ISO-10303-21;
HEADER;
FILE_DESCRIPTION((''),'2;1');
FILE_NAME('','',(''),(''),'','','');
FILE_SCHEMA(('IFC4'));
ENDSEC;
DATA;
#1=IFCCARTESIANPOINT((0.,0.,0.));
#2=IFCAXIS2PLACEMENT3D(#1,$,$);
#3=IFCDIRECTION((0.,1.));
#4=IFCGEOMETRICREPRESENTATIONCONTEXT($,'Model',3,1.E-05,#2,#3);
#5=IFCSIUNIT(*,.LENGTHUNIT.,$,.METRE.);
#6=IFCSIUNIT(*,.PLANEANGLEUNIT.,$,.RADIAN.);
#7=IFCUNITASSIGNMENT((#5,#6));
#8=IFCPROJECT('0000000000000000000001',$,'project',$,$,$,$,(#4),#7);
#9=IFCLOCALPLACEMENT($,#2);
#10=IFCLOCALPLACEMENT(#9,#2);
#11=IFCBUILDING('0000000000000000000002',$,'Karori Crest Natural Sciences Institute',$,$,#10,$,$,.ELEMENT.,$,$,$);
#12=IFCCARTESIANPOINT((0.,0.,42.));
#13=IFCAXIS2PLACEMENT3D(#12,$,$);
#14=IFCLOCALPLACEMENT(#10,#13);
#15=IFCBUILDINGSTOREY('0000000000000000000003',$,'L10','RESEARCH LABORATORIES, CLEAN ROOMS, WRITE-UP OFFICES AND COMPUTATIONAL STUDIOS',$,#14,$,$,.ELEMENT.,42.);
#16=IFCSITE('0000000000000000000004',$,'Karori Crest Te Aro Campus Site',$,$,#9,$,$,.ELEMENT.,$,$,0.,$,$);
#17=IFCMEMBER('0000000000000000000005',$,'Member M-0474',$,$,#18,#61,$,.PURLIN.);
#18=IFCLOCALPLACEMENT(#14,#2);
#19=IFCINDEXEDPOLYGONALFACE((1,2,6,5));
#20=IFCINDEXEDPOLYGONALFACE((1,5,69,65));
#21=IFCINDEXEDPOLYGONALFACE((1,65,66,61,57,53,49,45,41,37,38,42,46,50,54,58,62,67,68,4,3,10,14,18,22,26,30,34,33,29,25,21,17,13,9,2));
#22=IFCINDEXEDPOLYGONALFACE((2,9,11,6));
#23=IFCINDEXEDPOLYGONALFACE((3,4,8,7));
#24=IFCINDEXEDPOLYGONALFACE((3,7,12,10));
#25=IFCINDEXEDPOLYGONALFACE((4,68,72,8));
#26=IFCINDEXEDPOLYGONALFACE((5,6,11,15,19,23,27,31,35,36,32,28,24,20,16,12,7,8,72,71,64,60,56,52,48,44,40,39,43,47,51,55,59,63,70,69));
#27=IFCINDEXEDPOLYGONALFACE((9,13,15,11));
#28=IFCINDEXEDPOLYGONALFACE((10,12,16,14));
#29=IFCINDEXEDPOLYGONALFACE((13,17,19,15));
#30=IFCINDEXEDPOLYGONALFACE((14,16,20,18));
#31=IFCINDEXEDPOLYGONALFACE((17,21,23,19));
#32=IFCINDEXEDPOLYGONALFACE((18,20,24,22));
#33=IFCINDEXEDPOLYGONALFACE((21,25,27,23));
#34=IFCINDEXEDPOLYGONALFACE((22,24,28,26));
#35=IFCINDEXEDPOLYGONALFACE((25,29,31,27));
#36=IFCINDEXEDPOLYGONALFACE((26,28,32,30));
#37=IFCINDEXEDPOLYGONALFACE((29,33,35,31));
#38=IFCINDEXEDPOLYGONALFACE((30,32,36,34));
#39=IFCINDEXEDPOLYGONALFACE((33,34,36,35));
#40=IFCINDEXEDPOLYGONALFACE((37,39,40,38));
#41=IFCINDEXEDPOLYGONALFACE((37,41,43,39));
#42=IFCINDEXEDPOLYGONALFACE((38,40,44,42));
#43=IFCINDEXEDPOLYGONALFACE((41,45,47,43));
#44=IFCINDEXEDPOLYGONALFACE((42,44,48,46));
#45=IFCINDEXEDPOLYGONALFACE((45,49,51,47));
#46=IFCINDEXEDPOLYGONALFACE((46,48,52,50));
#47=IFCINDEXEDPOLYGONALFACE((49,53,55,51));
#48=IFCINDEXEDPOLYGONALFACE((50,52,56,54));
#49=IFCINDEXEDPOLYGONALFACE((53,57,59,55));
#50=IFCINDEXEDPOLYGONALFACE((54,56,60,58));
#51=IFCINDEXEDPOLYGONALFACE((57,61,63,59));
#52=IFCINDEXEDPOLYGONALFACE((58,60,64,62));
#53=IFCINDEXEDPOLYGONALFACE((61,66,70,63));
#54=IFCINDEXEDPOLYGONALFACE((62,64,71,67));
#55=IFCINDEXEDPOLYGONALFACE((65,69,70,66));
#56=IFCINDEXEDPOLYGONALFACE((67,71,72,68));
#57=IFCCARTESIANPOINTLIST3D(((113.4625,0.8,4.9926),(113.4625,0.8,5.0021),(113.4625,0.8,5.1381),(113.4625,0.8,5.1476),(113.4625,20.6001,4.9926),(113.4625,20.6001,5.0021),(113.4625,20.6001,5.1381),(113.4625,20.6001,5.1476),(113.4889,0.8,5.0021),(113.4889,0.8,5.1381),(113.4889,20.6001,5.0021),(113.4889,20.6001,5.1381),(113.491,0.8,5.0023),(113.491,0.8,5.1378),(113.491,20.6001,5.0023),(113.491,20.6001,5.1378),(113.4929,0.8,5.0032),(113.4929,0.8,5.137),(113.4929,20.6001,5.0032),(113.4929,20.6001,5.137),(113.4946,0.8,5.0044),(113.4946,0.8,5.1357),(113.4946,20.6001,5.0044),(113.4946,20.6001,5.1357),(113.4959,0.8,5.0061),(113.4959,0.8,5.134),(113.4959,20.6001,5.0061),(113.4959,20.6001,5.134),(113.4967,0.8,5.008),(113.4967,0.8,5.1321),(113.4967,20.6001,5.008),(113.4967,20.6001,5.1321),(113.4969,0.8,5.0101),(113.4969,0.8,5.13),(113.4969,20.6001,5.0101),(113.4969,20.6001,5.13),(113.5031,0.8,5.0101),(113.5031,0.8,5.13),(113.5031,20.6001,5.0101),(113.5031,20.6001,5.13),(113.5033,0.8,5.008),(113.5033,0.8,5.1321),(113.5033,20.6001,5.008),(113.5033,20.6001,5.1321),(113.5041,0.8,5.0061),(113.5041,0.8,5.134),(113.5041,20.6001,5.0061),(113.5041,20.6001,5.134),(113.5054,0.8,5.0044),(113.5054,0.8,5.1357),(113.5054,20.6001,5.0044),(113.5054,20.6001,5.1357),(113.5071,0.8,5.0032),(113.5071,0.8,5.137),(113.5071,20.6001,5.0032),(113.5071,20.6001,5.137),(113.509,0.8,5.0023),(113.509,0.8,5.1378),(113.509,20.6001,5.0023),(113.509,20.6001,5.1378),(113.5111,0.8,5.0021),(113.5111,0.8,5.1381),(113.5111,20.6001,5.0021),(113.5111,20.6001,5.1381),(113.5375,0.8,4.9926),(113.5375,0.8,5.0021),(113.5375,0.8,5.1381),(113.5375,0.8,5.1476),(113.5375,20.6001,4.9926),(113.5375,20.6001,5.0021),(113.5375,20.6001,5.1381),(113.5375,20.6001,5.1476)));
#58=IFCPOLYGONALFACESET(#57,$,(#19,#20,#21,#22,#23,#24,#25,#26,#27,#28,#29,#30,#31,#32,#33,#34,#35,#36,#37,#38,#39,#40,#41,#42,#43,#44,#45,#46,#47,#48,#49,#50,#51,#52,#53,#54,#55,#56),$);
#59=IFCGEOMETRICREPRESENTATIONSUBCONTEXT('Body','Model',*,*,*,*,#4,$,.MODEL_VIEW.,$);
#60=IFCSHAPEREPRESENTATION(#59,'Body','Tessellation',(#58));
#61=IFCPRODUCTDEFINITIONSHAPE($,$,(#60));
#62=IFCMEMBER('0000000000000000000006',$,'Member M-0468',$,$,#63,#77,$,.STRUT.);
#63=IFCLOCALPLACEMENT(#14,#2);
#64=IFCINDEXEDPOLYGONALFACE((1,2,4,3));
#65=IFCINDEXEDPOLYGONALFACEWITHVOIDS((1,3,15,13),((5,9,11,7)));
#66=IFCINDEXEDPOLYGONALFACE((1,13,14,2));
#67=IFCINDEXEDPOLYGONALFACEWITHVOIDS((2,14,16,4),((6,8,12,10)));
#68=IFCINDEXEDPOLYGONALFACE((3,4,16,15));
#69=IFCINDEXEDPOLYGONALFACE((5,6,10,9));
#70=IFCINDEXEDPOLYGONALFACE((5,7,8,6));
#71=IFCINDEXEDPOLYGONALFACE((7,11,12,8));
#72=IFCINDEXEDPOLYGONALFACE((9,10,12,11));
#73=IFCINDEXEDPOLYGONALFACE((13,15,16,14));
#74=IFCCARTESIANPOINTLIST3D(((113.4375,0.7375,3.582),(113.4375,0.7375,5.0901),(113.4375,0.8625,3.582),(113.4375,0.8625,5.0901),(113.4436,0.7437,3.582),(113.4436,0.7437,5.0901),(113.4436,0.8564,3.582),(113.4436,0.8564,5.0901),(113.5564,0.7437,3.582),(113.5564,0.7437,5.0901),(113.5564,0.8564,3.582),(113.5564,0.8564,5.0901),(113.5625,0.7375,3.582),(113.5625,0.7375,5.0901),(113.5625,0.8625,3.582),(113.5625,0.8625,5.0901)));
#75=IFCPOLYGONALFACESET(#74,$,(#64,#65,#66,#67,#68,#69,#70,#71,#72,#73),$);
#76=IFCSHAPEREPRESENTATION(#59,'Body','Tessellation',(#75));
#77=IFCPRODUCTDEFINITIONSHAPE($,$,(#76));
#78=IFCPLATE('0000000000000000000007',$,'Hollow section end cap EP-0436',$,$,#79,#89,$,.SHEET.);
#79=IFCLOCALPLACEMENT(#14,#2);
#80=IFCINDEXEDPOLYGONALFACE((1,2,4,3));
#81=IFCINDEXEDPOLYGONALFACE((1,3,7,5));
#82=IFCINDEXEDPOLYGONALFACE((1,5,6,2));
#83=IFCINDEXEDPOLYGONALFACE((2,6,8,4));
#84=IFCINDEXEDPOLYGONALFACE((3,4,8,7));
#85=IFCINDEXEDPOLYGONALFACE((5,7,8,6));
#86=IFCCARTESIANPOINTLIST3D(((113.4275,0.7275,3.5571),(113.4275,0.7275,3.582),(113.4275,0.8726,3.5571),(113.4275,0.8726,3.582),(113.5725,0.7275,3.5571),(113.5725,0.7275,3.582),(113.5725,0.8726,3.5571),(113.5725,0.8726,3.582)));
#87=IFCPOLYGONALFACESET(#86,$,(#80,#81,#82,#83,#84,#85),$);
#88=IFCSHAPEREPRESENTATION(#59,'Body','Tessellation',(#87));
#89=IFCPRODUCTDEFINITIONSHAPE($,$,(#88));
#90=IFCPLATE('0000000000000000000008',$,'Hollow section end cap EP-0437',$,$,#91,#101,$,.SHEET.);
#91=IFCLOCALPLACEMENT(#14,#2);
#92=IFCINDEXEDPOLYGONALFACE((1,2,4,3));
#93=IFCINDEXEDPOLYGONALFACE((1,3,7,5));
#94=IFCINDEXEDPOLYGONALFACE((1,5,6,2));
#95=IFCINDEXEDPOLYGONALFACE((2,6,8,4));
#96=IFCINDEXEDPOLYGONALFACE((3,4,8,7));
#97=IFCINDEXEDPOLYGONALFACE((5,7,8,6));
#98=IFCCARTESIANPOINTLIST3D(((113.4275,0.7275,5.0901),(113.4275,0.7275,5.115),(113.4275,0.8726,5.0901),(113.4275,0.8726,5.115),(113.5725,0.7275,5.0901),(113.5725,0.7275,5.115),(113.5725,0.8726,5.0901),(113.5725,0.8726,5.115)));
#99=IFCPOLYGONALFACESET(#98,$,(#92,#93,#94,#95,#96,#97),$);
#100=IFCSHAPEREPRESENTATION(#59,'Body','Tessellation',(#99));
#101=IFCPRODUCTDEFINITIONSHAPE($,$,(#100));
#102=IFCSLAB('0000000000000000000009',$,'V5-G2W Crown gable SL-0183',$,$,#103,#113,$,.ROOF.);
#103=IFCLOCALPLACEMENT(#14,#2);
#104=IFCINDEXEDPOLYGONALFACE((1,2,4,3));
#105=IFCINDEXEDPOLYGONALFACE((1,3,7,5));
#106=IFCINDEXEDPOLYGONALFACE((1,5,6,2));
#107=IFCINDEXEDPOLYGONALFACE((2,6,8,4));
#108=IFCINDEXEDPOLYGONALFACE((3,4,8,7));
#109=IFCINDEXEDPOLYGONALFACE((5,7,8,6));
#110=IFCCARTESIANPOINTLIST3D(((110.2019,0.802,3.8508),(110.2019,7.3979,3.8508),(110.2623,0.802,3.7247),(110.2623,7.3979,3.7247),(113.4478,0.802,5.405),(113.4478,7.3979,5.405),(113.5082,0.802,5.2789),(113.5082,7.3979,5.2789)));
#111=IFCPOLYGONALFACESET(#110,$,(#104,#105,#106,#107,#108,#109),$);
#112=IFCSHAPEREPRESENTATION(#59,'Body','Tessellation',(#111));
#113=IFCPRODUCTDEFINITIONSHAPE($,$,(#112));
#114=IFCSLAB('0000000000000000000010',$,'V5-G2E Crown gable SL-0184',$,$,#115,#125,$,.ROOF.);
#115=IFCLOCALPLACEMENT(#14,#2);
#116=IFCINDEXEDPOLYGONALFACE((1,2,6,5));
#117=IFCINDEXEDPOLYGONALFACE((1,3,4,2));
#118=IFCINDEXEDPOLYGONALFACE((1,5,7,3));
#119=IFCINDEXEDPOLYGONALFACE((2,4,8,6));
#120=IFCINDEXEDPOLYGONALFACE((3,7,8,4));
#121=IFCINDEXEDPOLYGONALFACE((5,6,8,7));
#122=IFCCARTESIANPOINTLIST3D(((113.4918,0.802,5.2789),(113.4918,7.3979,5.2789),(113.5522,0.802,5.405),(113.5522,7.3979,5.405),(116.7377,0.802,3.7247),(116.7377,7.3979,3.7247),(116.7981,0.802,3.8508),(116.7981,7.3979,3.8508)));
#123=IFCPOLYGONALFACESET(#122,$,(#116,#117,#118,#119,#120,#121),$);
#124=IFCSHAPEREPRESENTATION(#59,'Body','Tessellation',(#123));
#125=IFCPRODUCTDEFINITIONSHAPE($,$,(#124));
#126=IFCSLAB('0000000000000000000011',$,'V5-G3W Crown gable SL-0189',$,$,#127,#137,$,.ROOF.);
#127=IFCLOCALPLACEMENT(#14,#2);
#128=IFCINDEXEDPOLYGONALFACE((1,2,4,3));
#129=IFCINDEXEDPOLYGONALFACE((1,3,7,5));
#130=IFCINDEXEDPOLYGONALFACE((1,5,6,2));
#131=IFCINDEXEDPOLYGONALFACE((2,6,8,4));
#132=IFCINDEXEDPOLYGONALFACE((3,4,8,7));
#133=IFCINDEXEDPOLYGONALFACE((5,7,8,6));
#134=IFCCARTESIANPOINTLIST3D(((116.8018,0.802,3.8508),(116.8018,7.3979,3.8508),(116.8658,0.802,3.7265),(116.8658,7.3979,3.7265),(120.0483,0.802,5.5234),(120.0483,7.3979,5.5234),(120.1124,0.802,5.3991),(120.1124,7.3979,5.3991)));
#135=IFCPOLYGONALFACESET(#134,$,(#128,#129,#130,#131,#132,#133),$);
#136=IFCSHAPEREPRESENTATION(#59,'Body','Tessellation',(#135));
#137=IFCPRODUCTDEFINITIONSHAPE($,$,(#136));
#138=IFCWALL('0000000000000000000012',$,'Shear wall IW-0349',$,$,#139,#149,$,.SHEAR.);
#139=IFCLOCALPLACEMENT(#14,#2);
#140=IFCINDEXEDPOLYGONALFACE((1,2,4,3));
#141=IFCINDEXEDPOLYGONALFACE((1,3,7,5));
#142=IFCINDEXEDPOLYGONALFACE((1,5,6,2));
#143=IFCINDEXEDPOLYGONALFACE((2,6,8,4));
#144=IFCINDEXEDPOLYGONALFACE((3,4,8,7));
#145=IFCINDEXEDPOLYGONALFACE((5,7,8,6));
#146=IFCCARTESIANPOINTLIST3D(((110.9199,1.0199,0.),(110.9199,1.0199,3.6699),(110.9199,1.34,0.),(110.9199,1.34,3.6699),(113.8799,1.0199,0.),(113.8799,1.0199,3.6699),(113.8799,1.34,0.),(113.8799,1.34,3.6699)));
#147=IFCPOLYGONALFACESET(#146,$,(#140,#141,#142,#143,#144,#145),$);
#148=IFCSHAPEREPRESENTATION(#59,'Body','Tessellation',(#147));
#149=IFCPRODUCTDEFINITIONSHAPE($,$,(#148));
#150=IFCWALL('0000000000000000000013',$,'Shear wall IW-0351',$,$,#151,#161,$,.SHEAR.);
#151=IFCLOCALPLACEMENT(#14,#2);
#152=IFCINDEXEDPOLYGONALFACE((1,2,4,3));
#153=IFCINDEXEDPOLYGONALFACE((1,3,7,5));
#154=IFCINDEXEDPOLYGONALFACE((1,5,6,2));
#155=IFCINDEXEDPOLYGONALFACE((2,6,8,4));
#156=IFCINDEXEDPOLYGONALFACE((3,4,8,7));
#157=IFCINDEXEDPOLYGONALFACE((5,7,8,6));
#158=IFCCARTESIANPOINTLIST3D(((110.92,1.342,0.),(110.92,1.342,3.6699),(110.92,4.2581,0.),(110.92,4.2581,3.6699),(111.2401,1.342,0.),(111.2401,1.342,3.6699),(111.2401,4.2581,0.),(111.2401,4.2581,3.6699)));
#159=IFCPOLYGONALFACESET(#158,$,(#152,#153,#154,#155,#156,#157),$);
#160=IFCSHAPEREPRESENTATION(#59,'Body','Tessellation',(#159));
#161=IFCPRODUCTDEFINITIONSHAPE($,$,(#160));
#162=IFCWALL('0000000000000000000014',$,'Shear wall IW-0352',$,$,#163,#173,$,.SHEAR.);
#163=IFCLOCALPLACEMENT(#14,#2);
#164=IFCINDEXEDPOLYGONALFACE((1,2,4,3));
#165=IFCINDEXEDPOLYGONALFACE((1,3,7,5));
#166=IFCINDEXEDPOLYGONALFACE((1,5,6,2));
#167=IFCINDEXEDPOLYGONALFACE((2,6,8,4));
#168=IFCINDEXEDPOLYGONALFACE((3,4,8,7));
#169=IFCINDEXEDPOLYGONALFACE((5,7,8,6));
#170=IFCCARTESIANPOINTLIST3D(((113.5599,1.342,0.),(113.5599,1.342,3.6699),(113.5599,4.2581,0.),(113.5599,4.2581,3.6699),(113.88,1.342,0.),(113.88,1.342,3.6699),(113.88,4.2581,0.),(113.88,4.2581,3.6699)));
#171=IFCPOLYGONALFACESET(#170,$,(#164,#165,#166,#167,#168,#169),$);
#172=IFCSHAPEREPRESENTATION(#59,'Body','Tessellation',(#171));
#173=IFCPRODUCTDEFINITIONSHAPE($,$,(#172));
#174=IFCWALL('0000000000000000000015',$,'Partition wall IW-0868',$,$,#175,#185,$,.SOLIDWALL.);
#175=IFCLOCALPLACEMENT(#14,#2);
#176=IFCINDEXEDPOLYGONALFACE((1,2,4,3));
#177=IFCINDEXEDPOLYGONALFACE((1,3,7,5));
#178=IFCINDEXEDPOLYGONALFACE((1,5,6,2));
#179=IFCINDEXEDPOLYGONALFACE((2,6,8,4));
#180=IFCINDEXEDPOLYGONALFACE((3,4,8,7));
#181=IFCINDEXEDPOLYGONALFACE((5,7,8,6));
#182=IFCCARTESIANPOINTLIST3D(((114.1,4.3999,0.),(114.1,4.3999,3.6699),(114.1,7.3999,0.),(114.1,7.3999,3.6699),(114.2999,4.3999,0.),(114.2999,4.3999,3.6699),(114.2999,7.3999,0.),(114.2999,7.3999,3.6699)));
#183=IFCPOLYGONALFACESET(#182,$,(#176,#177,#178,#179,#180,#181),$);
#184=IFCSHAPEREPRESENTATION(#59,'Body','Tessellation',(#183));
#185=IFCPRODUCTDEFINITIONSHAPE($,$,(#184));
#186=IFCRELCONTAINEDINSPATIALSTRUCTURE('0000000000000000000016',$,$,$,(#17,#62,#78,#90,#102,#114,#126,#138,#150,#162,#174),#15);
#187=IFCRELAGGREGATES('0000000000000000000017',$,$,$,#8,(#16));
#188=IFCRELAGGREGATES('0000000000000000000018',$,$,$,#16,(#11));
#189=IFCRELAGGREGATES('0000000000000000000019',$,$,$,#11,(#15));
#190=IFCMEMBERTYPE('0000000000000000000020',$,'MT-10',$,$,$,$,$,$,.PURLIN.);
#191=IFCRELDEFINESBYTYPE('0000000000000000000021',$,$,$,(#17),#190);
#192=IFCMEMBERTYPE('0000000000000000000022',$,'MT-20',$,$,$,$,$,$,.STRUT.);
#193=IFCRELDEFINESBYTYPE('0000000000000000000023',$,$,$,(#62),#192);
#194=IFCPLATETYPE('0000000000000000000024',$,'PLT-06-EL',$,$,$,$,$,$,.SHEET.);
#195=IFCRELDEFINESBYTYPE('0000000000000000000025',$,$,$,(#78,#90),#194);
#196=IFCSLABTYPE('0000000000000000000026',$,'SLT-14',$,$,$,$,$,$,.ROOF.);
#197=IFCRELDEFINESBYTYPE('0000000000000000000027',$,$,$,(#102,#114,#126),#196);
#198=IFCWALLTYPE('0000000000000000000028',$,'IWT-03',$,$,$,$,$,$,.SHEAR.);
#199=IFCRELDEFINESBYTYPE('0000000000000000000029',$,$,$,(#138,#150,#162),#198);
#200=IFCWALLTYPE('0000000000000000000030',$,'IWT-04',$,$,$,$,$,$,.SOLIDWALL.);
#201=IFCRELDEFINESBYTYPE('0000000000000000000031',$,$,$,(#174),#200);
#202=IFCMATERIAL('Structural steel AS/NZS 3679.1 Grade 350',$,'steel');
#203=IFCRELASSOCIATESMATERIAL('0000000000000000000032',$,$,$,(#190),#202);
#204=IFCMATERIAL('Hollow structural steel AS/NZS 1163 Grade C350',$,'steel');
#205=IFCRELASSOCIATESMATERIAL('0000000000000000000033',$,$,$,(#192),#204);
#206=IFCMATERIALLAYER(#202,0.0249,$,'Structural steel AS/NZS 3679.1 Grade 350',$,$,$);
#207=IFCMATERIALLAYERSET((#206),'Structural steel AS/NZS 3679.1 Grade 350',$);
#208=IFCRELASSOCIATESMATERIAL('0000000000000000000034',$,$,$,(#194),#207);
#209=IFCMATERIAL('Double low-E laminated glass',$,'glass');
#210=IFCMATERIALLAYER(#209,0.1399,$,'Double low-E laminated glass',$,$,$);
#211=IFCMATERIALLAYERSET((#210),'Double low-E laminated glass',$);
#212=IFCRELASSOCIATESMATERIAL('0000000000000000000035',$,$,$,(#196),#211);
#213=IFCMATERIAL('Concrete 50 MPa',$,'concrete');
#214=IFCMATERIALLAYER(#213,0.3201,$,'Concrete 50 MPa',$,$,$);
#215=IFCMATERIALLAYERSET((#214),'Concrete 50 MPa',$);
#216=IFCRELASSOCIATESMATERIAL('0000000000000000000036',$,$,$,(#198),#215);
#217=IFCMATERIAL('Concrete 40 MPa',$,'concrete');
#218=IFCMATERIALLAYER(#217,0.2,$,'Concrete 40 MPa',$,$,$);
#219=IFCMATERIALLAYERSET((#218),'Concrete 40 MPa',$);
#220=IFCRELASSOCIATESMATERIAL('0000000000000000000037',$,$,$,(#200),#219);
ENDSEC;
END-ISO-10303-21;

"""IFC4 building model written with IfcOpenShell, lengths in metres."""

from ifc_helpers import new_model, si_unit, direction, frame, frame_2d, origin, origin_2d, place, context, subcontext, project, spatial, polyline, rectangle, hollow_rectangle, i_section, outline, extrude, material, layer, layer_set, material_profile, profile_set, type_object, element, save


model = new_model("IFC4")

# Units and contexts
model_context = context("Model", 3, precision=1e-05, world=origin(), true_north=direction((0.0, 1.0)))
body_context = subcontext(model_context, "Body", "Model", "MODEL_VIEW")
ifc_project = project(units=[si_unit("LENGTHUNIT", "METRE"), si_unit("PLANEANGLEUNIT", "RADIAN")], contexts=[model_context])

# Site, building, storey
site_placement = place(None, origin())
site = spatial("IfcSite", under=ifc_project, at=site_placement, Name="Karori Crest Te Aro Campus Site", CompositionType="ELEMENT", RefElevation=0.0)
building_placement = place(site_placement, origin())
building = spatial("IfcBuilding", under=site, at=building_placement, Name="Karori Crest Natural Sciences Institute", CompositionType="ELEMENT")
storey_placement = place(building_placement, frame((0.0, 0.0, 42.0)))
storey = spatial("IfcBuildingStorey", under=building, at=storey_placement, Name="L10", Description="RESEARCH LABORATORIES, CLEAN ROOMS, WRITE-UP OFFICES AND COMPUTATIONAL STUDIOS", CompositionType="ELEMENT", Elevation=42.0)

# Shared definitions
ifc_material_1 = material(Name="Concrete 50 MPa", Category="concrete")

# Shared definitions
ifc_material_2 = material(Name="Structural steel AS/NZS 3679.1 Grade 350", Category="steel")
ifc_material_3 = material(Name="Hollow structural steel AS/NZS 1163 Grade C350", Category="steel")

# Members
ifc_material_profile_1 = material_profile(ifc_material_2, i_section(OverallWidth=0.075, OverallDepth=0.155, WebThickness=0.0061, FlangeThickness=0.0095, FilletRadius=0.0081, at=origin_2d()), Name="150UB18.0")
ifc_profile_set_1 = profile_set([ifc_material_profile_1], Name="Structural steel AS/NZS 3679.1 Grade 350")
member_type_1 = type_object("IfcMemberType", Name="MT-10", PredefinedType="PURLIN", material=ifc_profile_set_1)
member_1_placement = place(storey_placement, frame((113.5, 0.8, 5.0701), z_axis=(0.0, 1.0, 0.0), x_axis=(-1.0, 0.0, 0.0)))
element("IfcMember", 1, at=member_1_placement, inside=storey, type_object=member_type_1, Name="Member M-0474", PredefinedType="PURLIN", context=body_context, shape_type="SweptSolid", body=[
    extrude(i_section(OverallWidth=0.075, OverallDepth=0.155, WebThickness=0.0061, FlangeThickness=0.0095, FilletRadius=0.0081, at=origin_2d()), origin(), (0.0, 0.0, 1.0), 19.8),
])
ifc_material_profile_2 = material_profile(ifc_material_3, hollow_rectangle(XDim=0.125, YDim=0.125, WallThickness=0.0061, at=origin_2d()), Name="SHS125x125x6")
ifc_profile_set_2 = profile_set([ifc_material_profile_2], Name="Hollow structural steel AS/NZS 1163 Grade C350")
member_type_2 = type_object("IfcMemberType", Name="MT-20", PredefinedType="STRUT", material=ifc_profile_set_2)
member_2_placement = place(storey_placement, frame((113.5, 0.8, 3.582), z_axis=(0.0, 0.0, 1.0), x_axis=(1.0, 0.0, 0.0)))
element("IfcMember", 2, at=member_2_placement, inside=storey, type_object=member_type_2, Name="Member M-0468", PredefinedType="STRUT", context=body_context, shape_type="SweptSolid", body=[
    extrude(hollow_rectangle(XDim=0.125, YDim=0.125, WallThickness=0.0061, at=origin_2d()), origin(), (0.0, 0.0, 1.0), 1.5081),
])

# Plates
ifc_layer_1 = layer(ifc_material_2, 0.0249, Name="Structural steel AS/NZS 3679.1 Grade 350")
ifc_layer_set_1 = layer_set([ifc_layer_1], Name="Structural steel AS/NZS 3679.1 Grade 350")
plate_type = type_object("IfcPlateType", Name="PLT-06-EL", PredefinedType="SHEET", material=ifc_layer_set_1)
for number, where, z_axis, x_axis, name in (
    (3, (113.5, 0.8, 3.5571), (0.0, 0.0, 1.0), (1.0, 0.0, 0.0), "Hollow section end cap EP-0436"),
    (4, (113.5, 0.8, 5.0901), (0.0, 0.0, 1.0), (1.0, 0.0, 0.0), "Hollow section end cap EP-0437"),
):
    element("IfcPlate", number, at=place(storey_placement, frame(where, z_axis=z_axis, x_axis=x_axis)), inside=storey, type_object=plate_type, Name=name, PredefinedType="SHEET", context=body_context, shape_type="SweptSolid", body=[
        extrude(rectangle(XDim=0.145, YDim=0.145, at=origin_2d()), origin(), (0.0, 0.0, 1.0), 0.0249),
    ])

# Slabs
ifc_material_4 = material(Name="Double low-E laminated glass", Category="glass")
ifc_layer_2 = layer(ifc_material_4, 0.1399, Name="Double low-E laminated glass")
ifc_layer_set_2 = layer_set([ifc_layer_2], Name="Double low-E laminated glass")
slab_type = type_object("IfcSlabType", Name="SLT-14", PredefinedType="ROOF", material=ifc_layer_set_2)
for number, where, z_axis, x_axis, name in (
    (5, (110.2019, 0.802, 3.8508), (-0.431871, 0.0, 0.901936), (0.901936, 0.0, 0.431871), "V5-G2W Crown gable SL-0183"),
    (6, (113.5522, 0.802, 5.405), (0.431871, 0.0, 0.901936), (0.901936, 0.0, -0.431871), "V5-G2E Crown gable SL-0184"),
):
    element("IfcSlab", number, at=place(storey_placement, frame(where, z_axis=z_axis, x_axis=x_axis)), inside=storey, type_object=slab_type, Name=name, PredefinedType="ROOF", context=body_context, shape_type="SweptSolid", body=[
        extrude(outline(polyline([(0.0, 0.0), (3.5988, 0.0), (3.5988, 6.5959), (0.0, 6.5959), (0.0, 0.0)])), origin(), (0.0, 0.0, -1.0), 0.1399),
    ])
slab_placement = place(storey_placement, frame((116.8018, 0.802, 3.8508), z_axis=(-0.457984, 0.0, 0.888961), x_axis=(0.888961, 0.0, 0.457984)))
element("IfcSlab", 7, at=slab_placement, inside=storey, type_object=slab_type, Name="V5-G3W Crown gable SL-0189", PredefinedType="ROOF", context=body_context, shape_type="SweptSolid", body=[
    extrude(outline(polyline([(0.0, 0.0), (3.6521, 0.0), (3.6521, 6.5959), (0.0, 6.5959), (0.0, 0.0)])), origin(), (0.0, 0.0, -1.0), 0.1399),
])

# Walls
ifc_layer_3 = layer(ifc_material_1, 0.3201, Name="Concrete 50 MPa")
ifc_layer_set_3 = layer_set([ifc_layer_3], Name="Concrete 50 MPa")
wall_type_1 = type_object("IfcWallType", Name="IWT-03", PredefinedType="SHEAR", material=ifc_layer_set_3)
wall_1_placement = place(storey_placement, frame((110.9199, 1.1799, 0.0), z_axis=(0.0, 0.0, 1.0), x_axis=(1.0, 0.0, 0.0)))
element("IfcWall", 8, at=wall_1_placement, inside=storey, type_object=wall_type_1, Name="Shear wall IW-0349", PredefinedType="SHEAR", context=body_context, shape_type="SweptSolid", body=[
    extrude(rectangle(XDim=2.96, YDim=0.3201, at=frame_2d((1.48, 0.0))), origin(), (0.0, 0.0, 1.0), 3.6699),
])
for number, where, z_axis, x_axis, name in (
    (9, (111.0801, 1.342, 0.0), (0.0, 0.0, 1.0), (0.0, 1.0, 0.0), "Shear wall IW-0351"),
    (10, (113.72, 1.342, 0.0), (0.0, 0.0, 1.0), (0.0, 1.0, 0.0), "Shear wall IW-0352"),
):
    element("IfcWall", number, at=place(storey_placement, frame(where, z_axis=z_axis, x_axis=x_axis)), inside=storey, type_object=wall_type_1, Name=name, PredefinedType="SHEAR", context=body_context, shape_type="SweptSolid", body=[
        extrude(rectangle(XDim=2.916, YDim=0.3201, at=frame_2d((1.458, 0.0))), origin(), (0.0, 0.0, 1.0), 3.6699),
    ])
ifc_material_5 = material(Name="Concrete 40 MPa", Category="concrete")
ifc_layer_4 = layer(ifc_material_5, 0.2, Name="Concrete 40 MPa")
ifc_layer_set_4 = layer_set([ifc_layer_4], Name="Concrete 40 MPa")
wall_type_2 = type_object("IfcWallType", Name="IWT-04", PredefinedType="SOLIDWALL", material=ifc_layer_set_4)
wall_2_placement = place(storey_placement, frame((114.2, 4.3999, 0.0), z_axis=(0.0, 0.0, 1.0), x_axis=(0.0, 1.0, 0.0)))
element("IfcWall", 11, at=wall_2_placement, inside=storey, type_object=wall_type_2, Name="Partition wall IW-0868", PredefinedType="SOLIDWALL", context=body_context, shape_type="SweptSolid", body=[
    extrude(rectangle(XDim=3.0, YDim=0.2, at=frame_2d((1.5, 0.0))), origin(), (0.0, 0.0, 1.0), 3.6699),
])

save(model, "model.ifc")
